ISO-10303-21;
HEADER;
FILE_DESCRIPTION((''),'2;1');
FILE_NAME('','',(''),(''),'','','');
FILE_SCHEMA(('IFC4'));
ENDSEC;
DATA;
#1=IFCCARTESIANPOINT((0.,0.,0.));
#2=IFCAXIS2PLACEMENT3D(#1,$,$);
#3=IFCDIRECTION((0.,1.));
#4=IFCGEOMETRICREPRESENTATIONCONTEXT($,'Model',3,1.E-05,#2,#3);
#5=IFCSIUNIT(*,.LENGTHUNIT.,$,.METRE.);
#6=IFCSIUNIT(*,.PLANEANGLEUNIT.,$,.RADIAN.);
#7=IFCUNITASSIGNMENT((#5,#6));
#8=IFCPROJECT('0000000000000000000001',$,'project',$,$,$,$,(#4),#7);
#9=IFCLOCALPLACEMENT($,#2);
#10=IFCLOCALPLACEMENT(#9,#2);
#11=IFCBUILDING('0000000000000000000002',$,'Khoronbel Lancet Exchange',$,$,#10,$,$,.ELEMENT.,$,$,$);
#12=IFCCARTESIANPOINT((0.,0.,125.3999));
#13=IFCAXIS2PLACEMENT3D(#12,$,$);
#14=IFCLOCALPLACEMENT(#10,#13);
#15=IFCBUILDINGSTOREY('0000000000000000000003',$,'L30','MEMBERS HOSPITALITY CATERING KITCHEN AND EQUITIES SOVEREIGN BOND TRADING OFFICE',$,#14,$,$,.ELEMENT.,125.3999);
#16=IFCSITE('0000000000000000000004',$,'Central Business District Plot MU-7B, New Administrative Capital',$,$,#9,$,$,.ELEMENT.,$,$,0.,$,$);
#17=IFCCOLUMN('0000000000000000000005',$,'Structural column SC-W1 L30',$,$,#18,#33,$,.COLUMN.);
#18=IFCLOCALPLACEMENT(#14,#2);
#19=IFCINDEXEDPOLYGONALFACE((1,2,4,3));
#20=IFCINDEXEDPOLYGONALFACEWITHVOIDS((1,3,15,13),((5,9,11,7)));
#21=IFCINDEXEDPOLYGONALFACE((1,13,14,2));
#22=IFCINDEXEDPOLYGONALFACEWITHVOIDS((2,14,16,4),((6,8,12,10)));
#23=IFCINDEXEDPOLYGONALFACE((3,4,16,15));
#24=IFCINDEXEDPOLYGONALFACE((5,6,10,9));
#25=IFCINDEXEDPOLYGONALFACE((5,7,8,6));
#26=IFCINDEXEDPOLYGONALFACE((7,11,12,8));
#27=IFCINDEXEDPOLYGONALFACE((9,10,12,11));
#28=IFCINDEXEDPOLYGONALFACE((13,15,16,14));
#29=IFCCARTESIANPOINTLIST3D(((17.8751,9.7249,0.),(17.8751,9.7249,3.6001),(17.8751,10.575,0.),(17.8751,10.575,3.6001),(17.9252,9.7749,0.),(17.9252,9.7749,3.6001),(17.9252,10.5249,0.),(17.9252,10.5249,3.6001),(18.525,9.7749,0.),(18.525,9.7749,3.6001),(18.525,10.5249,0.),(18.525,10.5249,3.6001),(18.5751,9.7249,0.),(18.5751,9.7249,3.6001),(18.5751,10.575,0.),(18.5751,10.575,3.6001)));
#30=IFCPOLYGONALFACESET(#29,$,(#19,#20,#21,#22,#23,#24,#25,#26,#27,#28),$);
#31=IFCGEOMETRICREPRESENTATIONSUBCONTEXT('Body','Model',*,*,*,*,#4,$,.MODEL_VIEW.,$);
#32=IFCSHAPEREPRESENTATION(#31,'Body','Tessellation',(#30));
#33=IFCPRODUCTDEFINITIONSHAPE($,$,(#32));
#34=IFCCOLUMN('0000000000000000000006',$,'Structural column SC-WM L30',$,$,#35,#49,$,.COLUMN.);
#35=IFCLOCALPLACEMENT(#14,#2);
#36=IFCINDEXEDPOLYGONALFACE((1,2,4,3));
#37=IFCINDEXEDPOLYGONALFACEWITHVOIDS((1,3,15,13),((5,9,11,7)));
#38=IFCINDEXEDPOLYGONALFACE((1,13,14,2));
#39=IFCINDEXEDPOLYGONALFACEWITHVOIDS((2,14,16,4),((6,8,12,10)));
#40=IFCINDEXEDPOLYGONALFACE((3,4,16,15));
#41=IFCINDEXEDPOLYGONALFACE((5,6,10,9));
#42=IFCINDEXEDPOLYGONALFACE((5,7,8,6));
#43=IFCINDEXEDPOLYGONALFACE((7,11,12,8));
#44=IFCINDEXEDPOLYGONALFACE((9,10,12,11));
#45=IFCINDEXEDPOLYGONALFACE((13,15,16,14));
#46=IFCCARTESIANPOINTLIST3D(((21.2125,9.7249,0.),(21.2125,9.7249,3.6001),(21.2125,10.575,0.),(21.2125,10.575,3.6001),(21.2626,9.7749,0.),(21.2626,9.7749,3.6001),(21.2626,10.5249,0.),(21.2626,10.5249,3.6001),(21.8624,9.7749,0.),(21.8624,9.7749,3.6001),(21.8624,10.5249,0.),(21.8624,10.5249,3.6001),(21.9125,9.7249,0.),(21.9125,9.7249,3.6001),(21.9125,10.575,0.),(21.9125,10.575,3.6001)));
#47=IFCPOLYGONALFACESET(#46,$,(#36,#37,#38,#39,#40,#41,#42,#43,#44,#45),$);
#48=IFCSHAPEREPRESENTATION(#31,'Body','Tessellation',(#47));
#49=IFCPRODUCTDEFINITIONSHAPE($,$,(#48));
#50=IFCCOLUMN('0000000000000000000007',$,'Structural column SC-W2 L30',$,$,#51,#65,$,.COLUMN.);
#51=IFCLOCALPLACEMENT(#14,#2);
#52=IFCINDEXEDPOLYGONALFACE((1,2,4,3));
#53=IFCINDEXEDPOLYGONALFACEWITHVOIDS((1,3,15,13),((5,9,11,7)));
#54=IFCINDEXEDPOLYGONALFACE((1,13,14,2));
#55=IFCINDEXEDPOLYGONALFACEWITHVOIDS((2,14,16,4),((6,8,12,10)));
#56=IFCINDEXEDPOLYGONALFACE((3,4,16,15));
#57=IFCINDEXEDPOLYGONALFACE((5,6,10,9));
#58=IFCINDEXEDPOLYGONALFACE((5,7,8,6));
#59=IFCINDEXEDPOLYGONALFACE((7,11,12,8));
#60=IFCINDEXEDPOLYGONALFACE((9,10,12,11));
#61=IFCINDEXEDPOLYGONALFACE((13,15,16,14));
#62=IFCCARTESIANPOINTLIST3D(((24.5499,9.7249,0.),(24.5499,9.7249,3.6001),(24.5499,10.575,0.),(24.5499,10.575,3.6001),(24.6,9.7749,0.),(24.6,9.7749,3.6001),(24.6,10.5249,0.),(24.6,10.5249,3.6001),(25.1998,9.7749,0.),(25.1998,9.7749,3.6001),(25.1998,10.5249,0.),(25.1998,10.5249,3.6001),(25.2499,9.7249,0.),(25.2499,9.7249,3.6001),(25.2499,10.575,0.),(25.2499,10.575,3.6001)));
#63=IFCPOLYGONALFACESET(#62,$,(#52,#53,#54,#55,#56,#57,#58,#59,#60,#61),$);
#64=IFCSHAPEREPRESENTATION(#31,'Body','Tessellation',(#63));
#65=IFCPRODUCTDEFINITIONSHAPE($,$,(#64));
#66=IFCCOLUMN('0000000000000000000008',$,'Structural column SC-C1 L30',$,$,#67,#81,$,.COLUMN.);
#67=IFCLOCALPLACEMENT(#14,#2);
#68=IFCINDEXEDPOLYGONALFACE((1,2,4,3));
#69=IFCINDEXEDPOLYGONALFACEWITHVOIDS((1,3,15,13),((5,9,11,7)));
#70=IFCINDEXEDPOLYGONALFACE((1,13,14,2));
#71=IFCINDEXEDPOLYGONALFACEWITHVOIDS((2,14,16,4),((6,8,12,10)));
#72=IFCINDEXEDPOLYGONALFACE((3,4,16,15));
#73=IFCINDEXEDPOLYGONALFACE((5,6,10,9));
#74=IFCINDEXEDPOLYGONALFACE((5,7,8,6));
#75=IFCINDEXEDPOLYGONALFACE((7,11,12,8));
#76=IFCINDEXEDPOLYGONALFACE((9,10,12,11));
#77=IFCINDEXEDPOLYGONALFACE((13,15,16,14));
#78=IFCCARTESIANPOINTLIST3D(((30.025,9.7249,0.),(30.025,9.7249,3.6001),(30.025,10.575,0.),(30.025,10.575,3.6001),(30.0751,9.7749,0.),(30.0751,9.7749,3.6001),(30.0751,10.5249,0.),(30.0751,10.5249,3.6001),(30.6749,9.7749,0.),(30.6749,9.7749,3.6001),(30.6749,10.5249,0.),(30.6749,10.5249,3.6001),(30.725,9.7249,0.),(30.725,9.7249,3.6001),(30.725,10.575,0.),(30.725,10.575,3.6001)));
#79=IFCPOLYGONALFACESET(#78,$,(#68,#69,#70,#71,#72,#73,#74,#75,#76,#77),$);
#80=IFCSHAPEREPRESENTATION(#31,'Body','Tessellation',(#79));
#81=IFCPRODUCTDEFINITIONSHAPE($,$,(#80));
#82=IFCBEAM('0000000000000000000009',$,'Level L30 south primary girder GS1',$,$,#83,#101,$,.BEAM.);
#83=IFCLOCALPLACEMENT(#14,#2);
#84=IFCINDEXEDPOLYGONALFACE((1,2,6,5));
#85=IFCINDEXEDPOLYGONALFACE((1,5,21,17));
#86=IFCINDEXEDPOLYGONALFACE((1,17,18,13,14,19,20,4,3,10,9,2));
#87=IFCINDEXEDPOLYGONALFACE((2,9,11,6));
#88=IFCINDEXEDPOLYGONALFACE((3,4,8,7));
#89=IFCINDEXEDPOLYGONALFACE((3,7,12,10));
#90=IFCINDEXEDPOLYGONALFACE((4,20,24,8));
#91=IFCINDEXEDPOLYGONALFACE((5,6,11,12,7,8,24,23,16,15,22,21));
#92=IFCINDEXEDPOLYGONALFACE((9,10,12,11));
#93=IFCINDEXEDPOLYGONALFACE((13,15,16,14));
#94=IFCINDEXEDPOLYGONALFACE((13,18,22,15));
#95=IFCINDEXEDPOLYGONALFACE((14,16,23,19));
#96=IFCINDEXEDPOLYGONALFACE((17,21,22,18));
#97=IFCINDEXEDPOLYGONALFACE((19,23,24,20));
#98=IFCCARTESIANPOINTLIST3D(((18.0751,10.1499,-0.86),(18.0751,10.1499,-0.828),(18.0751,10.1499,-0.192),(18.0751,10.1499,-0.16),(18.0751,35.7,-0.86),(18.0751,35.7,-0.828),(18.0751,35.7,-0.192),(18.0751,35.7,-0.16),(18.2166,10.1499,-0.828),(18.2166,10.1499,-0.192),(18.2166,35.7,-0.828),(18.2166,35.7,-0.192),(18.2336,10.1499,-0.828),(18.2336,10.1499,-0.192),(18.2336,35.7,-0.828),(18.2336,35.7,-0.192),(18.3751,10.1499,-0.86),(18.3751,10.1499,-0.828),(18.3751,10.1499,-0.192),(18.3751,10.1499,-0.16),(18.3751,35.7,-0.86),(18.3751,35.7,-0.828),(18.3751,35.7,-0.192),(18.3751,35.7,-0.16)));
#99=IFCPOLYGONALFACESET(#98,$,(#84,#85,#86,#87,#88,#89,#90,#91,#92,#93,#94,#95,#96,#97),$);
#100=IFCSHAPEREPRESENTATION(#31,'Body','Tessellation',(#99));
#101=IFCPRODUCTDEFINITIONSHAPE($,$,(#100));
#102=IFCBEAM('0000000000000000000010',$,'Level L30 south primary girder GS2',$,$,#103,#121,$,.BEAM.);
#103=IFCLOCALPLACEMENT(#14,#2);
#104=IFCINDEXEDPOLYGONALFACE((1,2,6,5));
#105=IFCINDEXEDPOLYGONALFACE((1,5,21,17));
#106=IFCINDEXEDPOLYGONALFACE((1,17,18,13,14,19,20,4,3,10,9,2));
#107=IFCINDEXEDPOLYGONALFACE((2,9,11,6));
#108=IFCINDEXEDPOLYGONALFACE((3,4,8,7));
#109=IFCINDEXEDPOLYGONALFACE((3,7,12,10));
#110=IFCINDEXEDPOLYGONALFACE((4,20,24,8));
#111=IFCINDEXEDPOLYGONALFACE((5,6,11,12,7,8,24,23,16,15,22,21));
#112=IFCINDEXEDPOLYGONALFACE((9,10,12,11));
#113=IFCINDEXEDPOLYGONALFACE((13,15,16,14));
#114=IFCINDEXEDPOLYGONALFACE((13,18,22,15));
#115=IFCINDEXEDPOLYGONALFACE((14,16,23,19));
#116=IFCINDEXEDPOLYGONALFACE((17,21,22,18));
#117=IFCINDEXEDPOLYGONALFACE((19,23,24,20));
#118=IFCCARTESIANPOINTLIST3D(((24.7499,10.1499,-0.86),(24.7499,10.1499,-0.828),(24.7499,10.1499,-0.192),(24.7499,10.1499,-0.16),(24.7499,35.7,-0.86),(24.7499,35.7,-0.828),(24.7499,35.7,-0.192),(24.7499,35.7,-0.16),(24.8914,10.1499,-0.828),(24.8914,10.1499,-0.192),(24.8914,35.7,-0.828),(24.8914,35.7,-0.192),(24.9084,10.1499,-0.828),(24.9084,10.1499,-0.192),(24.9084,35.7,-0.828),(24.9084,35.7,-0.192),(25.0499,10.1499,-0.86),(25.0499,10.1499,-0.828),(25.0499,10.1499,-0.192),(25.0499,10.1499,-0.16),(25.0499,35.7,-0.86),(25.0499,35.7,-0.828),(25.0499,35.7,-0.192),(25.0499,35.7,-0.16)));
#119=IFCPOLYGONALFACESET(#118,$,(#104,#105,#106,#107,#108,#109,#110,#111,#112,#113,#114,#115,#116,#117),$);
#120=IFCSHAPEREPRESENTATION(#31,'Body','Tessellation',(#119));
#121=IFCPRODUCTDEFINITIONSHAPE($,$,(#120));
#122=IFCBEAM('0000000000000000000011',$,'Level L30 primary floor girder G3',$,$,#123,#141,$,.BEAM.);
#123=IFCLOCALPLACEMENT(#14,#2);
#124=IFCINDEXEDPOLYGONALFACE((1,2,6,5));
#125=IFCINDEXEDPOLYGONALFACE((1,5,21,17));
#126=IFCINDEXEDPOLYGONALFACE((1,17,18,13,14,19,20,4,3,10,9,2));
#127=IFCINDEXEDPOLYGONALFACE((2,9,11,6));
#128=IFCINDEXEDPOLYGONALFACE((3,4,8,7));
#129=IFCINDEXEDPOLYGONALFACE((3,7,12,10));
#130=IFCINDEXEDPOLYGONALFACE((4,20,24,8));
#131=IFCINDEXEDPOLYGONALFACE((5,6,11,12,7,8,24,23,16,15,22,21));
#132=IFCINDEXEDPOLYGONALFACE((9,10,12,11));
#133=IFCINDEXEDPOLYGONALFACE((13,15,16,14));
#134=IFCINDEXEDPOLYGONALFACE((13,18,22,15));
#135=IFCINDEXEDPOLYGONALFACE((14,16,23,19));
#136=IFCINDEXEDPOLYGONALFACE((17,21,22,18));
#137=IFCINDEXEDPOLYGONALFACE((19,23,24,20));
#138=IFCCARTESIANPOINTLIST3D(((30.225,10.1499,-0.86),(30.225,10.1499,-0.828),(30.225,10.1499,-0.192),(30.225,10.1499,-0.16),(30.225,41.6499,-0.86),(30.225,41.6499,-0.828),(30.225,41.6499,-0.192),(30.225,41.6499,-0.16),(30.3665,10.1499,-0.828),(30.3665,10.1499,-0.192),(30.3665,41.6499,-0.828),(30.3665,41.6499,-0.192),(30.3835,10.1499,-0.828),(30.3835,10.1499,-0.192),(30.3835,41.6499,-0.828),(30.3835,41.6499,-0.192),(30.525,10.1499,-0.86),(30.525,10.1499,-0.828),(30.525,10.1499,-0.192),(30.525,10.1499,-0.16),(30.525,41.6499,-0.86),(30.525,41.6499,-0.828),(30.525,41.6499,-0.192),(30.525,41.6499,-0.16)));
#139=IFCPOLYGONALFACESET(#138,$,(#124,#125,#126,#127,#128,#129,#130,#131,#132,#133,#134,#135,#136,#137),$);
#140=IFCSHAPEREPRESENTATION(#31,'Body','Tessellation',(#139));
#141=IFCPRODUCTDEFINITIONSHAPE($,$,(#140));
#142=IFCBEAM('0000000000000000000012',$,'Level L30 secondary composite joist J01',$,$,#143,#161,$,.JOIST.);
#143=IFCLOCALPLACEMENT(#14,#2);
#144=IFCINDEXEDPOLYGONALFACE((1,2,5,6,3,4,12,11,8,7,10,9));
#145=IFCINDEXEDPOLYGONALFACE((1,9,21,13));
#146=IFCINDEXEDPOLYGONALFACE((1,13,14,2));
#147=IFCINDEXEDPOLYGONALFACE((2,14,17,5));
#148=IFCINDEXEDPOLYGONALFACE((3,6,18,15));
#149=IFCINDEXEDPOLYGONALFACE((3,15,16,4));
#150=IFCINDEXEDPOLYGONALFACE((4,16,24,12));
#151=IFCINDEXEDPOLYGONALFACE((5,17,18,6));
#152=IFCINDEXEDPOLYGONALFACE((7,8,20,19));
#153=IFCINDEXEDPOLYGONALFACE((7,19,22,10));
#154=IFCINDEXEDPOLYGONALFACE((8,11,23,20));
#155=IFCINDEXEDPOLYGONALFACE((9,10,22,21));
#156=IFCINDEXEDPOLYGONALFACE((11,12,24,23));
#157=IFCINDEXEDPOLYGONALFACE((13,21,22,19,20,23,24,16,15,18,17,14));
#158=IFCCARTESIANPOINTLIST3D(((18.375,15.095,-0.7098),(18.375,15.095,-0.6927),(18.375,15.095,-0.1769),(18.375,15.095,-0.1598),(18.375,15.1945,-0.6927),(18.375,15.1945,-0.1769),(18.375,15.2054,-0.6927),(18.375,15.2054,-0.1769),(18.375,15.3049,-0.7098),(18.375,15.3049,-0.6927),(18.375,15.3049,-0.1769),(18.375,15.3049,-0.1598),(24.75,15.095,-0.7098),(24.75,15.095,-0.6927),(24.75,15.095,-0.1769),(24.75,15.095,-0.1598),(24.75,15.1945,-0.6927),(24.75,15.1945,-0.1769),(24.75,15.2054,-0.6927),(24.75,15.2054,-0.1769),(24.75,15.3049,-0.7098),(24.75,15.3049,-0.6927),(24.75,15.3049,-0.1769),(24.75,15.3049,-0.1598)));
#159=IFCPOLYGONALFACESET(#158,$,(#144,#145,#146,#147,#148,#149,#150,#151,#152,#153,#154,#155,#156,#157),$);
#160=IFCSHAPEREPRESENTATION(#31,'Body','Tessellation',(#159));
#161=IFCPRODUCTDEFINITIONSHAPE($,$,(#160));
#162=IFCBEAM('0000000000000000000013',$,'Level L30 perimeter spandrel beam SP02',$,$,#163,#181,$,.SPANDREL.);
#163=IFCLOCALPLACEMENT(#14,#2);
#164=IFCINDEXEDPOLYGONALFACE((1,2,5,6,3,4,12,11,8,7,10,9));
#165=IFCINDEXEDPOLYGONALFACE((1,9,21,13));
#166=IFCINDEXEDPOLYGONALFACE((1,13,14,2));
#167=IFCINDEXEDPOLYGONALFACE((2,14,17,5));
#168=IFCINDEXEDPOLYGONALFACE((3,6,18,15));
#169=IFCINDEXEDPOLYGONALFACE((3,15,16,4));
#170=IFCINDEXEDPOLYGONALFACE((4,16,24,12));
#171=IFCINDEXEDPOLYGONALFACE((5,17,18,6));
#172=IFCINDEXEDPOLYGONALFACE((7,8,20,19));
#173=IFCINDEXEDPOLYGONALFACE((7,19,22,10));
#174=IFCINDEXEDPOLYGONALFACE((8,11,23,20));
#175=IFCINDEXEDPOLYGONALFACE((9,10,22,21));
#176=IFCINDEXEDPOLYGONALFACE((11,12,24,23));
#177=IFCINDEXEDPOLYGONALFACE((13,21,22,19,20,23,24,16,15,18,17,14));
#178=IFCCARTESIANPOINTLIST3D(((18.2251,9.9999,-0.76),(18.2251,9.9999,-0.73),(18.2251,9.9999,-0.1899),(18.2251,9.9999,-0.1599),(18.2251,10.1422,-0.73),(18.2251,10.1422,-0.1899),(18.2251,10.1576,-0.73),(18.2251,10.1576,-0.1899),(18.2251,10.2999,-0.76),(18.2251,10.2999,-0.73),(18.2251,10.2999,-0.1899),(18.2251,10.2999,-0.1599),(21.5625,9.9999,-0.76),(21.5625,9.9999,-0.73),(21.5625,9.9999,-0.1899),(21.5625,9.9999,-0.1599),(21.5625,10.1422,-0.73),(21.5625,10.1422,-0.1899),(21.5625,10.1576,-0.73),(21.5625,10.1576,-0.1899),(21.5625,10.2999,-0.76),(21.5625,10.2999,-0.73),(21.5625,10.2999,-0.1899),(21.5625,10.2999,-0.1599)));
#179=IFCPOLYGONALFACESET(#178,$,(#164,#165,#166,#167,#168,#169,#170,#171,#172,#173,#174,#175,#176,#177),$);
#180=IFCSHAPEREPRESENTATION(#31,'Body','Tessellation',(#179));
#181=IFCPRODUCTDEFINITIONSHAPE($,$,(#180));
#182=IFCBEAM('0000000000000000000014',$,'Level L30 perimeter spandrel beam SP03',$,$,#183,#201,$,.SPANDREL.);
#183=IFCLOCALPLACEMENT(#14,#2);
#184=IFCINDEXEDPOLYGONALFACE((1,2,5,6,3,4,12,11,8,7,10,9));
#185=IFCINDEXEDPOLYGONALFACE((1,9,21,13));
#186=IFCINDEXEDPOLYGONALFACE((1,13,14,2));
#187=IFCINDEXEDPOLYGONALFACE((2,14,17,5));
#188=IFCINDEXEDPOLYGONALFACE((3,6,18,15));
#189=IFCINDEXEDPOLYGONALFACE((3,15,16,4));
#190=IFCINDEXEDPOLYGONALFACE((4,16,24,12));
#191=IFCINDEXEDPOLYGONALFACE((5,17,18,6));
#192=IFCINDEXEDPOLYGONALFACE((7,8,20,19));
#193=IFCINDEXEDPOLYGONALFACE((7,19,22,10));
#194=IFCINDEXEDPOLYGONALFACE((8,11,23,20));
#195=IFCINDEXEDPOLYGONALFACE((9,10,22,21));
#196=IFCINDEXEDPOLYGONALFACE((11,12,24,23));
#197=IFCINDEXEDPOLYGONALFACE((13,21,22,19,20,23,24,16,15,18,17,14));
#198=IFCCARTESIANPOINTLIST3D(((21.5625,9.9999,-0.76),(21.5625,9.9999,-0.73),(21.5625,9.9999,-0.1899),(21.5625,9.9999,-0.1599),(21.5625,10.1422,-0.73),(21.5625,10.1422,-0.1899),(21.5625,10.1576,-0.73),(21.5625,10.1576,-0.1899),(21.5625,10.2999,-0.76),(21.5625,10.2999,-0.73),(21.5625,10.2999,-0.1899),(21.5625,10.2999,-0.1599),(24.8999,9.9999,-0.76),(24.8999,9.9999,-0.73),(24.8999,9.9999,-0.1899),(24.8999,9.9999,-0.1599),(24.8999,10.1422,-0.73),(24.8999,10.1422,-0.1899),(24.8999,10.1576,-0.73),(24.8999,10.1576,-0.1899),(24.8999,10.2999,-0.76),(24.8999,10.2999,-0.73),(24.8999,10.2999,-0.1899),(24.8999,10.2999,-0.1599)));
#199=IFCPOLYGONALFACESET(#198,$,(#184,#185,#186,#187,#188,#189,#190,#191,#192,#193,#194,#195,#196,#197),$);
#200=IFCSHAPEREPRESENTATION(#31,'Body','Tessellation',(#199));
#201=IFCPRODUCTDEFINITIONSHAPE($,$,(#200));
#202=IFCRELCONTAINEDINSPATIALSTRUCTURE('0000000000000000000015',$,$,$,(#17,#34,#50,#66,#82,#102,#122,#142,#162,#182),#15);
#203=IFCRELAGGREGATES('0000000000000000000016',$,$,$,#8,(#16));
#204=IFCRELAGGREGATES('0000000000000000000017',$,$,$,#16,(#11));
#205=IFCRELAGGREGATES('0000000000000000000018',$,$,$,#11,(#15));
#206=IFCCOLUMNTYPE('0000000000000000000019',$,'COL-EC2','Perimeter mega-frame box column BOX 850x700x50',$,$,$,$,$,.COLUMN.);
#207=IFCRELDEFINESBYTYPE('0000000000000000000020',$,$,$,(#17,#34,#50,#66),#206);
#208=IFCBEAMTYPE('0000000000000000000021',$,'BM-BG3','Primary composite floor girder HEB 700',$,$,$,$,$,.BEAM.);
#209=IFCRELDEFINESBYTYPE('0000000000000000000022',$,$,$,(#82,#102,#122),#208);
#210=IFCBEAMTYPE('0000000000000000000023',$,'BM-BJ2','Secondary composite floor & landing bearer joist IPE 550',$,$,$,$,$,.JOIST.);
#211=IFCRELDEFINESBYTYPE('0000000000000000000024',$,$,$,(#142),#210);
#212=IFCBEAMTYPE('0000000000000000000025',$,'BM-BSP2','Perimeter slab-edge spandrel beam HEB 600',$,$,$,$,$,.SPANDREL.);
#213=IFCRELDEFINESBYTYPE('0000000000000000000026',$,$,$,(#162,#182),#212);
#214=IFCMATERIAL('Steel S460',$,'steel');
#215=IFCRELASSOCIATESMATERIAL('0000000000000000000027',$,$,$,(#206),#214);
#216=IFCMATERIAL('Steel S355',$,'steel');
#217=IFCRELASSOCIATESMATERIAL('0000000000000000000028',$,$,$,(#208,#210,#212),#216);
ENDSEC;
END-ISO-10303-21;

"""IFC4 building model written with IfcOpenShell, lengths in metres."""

from ifc_helpers import new_model, si_unit, direction, frame, origin, origin_2d, place, context, subcontext, project, spatial, hollow_rectangle, i_section, extrude, material, material_profile, profile_set, type_object, element, save


model = new_model("IFC4")

# Units and contexts
model_context = context("Model", 3, precision=1e-05, world=origin(), true_north=direction((0.0, 1.0)))
body_context = subcontext(model_context, "Body", "Model", "MODEL_VIEW")
ifc_project = project(units=[si_unit("LENGTHUNIT", "METRE"), si_unit("PLANEANGLEUNIT", "RADIAN")], contexts=[model_context])

# Site, building, storey
site_placement = place(None, origin())
site = spatial("IfcSite", under=ifc_project, at=site_placement, Name="Central Business District Plot MU-7B, New Administrative Capital", CompositionType="ELEMENT", RefElevation=0.0)
building_placement = place(site_placement, origin())
building = spatial("IfcBuilding", under=site, at=building_placement, Name="Khoronbel Lancet Exchange", CompositionType="ELEMENT")
storey_placement = place(building_placement, frame((0.0, 0.0, 125.3999)))
storey = spatial("IfcBuildingStorey", under=building, at=storey_placement, Name="L30", Description="MEMBERS HOSPITALITY CATERING KITCHEN AND EQUITIES SOVEREIGN BOND TRADING OFFICE", CompositionType="ELEMENT", Elevation=125.3999)

# Columns
ifc_material_1 = material(Name="Steel S460", Category="steel")
ifc_material_profile_1 = material_profile(ifc_material_1, hollow_rectangle(XDim=0.7, YDim=0.8501, WallThickness=0.05, at=origin_2d()), Name="BOX 850x700x50")
ifc_profile_set_1 = profile_set([ifc_material_profile_1], Name="Steel S460")
column_type = type_object("IfcColumnType", Name="COL-EC2", Description="Perimeter mega-frame box column BOX 850x700x50", PredefinedType="COLUMN", material=ifc_profile_set_1)
for number, where, z_axis, x_axis, name in (
    (1, (18.2251, 10.1499, 0.0), (0.0, 0.0, 1.0), (1.0, 0.0, 0.0), "Structural column SC-W1 L30"),
    (2, (21.5625, 10.1499, 0.0), (0.0, 0.0, 1.0), (1.0, 0.0, 0.0), "Structural column SC-WM L30"),
    (3, (24.8999, 10.1499, 0.0), (0.0, 0.0, 1.0), (1.0, 0.0, 0.0), "Structural column SC-W2 L30"),
    (4, (30.375, 10.1499, 0.0), (0.0, 0.0, 1.0), (1.0, 0.0, 0.0), "Structural column SC-C1 L30"),
):
    element("IfcColumn", number, at=place(storey_placement, frame(where, z_axis=z_axis, x_axis=x_axis)), inside=storey, type_object=column_type, Name=name, PredefinedType="COLUMN", context=body_context, shape_type="SweptSolid", body=[
        extrude(hollow_rectangle(XDim=0.7, YDim=0.8501, WallThickness=0.05, at=origin_2d()), origin(), (0.0, 0.0, 1.0), 3.6001),
    ])

# Beams
ifc_material_2 = material(Name="Steel S355", Category="steel")
ifc_material_profile_2 = material_profile(ifc_material_2, i_section(OverallWidth=0.3, OverallDepth=0.7, WebThickness=0.0171, FlangeThickness=0.032, at=origin_2d()), Name="HEB 700")
ifc_profile_set_2 = profile_set([ifc_material_profile_2], Name="Steel S355")
beam_type_1 = type_object("IfcBeamType", Name="BM-BG3", Description="Primary composite floor girder HEB 700", PredefinedType="BEAM", material=ifc_profile_set_2)
for number, where, z_axis, x_axis, name in (
    (5, (18.2251, 10.1499, -0.51), (0.0, 1.0, 0.0), (-1.0, 0.0, 0.0), "Level L30 south primary girder GS1"),
    (6, (24.8999, 10.1499, -0.51), (0.0, 1.0, 0.0), (-1.0, 0.0, 0.0), "Level L30 south primary girder GS2"),
):
    element("IfcBeam", number, at=place(storey_placement, frame(where, z_axis=z_axis, x_axis=x_axis)), inside=storey, type_object=beam_type_1, Name=name, PredefinedType="BEAM", context=body_context, shape_type="SweptSolid", body=[
        extrude(i_section(OverallWidth=0.3, OverallDepth=0.7, WebThickness=0.0171, FlangeThickness=0.032, at=origin_2d()), origin(), (0.0, 0.0, 1.0), 25.55),
    ])
beam_1_placement = place(storey_placement, frame((30.375, 10.1499, -0.51), z_axis=(0.0, 1.0, 0.0), x_axis=(-1.0, 0.0, 0.0)))
element("IfcBeam", 7, at=beam_1_placement, inside=storey, type_object=beam_type_1, Name="Level L30 primary floor girder G3", PredefinedType="BEAM", context=body_context, shape_type="SweptSolid", body=[
    extrude(i_section(OverallWidth=0.3, OverallDepth=0.7, WebThickness=0.0171, FlangeThickness=0.032, at=origin_2d()), origin(), (0.0, 0.0, 1.0), 31.5),
])
ifc_material_profile_3 = material_profile(ifc_material_2, i_section(OverallWidth=0.21, OverallDepth=0.55, WebThickness=0.011, FlangeThickness=0.0171, at=origin_2d()), Name="IPE 550")
ifc_profile_set_3 = profile_set([ifc_material_profile_3], Name="Steel S355")
beam_type_2 = type_object("IfcBeamType", Name="BM-BJ2", Description="Secondary composite floor & landing bearer joist IPE 550", PredefinedType="JOIST", material=ifc_profile_set_3)
beam_2_placement = place(storey_placement, frame((18.375, 15.2, -0.4348), z_axis=(1.0, 0.0, 0.0), x_axis=(0.0, 1.0, 0.0)))
element("IfcBeam", 8, at=beam_2_placement, inside=storey, type_object=beam_type_2, Name="Level L30 secondary composite joist J01", PredefinedType="JOIST", context=body_context, shape_type="SweptSolid", body=[
    extrude(i_section(OverallWidth=0.21, OverallDepth=0.55, WebThickness=0.011, FlangeThickness=0.0171, at=origin_2d()), origin(), (0.0, 0.0, 1.0), 6.375),
])
ifc_material_profile_4 = material_profile(ifc_material_2, i_section(OverallWidth=0.3, OverallDepth=0.6001, WebThickness=0.0154, FlangeThickness=0.03, at=origin_2d()), Name="HEB 600")
ifc_profile_set_4 = profile_set([ifc_material_profile_4], Name="Steel S355")
beam_type_3 = type_object("IfcBeamType", Name="BM-BSP2", Description="Perimeter slab-edge spandrel beam HEB 600", PredefinedType="SPANDREL", material=ifc_profile_set_4)
for number, where, z_axis, x_axis, name in (
    (9, (18.2251, 10.1499, -0.46), (1.0, 0.0, 0.0), (0.0, 1.0, 0.0), "Level L30 perimeter spandrel beam SP02"),
    (10, (21.5625, 10.1499, -0.46), (1.0, 0.0, 0.0), (0.0, 1.0, 0.0), "Level L30 perimeter spandrel beam SP03"),
):
    element("IfcBeam", number, at=place(storey_placement, frame(where, z_axis=z_axis, x_axis=x_axis)), inside=storey, type_object=beam_type_3, Name=name, PredefinedType="SPANDREL", context=body_context, shape_type="SweptSolid", body=[
        extrude(i_section(OverallWidth=0.3, OverallDepth=0.6001, WebThickness=0.0154, FlangeThickness=0.03, at=origin_2d()), origin(), (0.0, 0.0, 1.0), 3.3374),
    ])

save(model, "model.ifc")
